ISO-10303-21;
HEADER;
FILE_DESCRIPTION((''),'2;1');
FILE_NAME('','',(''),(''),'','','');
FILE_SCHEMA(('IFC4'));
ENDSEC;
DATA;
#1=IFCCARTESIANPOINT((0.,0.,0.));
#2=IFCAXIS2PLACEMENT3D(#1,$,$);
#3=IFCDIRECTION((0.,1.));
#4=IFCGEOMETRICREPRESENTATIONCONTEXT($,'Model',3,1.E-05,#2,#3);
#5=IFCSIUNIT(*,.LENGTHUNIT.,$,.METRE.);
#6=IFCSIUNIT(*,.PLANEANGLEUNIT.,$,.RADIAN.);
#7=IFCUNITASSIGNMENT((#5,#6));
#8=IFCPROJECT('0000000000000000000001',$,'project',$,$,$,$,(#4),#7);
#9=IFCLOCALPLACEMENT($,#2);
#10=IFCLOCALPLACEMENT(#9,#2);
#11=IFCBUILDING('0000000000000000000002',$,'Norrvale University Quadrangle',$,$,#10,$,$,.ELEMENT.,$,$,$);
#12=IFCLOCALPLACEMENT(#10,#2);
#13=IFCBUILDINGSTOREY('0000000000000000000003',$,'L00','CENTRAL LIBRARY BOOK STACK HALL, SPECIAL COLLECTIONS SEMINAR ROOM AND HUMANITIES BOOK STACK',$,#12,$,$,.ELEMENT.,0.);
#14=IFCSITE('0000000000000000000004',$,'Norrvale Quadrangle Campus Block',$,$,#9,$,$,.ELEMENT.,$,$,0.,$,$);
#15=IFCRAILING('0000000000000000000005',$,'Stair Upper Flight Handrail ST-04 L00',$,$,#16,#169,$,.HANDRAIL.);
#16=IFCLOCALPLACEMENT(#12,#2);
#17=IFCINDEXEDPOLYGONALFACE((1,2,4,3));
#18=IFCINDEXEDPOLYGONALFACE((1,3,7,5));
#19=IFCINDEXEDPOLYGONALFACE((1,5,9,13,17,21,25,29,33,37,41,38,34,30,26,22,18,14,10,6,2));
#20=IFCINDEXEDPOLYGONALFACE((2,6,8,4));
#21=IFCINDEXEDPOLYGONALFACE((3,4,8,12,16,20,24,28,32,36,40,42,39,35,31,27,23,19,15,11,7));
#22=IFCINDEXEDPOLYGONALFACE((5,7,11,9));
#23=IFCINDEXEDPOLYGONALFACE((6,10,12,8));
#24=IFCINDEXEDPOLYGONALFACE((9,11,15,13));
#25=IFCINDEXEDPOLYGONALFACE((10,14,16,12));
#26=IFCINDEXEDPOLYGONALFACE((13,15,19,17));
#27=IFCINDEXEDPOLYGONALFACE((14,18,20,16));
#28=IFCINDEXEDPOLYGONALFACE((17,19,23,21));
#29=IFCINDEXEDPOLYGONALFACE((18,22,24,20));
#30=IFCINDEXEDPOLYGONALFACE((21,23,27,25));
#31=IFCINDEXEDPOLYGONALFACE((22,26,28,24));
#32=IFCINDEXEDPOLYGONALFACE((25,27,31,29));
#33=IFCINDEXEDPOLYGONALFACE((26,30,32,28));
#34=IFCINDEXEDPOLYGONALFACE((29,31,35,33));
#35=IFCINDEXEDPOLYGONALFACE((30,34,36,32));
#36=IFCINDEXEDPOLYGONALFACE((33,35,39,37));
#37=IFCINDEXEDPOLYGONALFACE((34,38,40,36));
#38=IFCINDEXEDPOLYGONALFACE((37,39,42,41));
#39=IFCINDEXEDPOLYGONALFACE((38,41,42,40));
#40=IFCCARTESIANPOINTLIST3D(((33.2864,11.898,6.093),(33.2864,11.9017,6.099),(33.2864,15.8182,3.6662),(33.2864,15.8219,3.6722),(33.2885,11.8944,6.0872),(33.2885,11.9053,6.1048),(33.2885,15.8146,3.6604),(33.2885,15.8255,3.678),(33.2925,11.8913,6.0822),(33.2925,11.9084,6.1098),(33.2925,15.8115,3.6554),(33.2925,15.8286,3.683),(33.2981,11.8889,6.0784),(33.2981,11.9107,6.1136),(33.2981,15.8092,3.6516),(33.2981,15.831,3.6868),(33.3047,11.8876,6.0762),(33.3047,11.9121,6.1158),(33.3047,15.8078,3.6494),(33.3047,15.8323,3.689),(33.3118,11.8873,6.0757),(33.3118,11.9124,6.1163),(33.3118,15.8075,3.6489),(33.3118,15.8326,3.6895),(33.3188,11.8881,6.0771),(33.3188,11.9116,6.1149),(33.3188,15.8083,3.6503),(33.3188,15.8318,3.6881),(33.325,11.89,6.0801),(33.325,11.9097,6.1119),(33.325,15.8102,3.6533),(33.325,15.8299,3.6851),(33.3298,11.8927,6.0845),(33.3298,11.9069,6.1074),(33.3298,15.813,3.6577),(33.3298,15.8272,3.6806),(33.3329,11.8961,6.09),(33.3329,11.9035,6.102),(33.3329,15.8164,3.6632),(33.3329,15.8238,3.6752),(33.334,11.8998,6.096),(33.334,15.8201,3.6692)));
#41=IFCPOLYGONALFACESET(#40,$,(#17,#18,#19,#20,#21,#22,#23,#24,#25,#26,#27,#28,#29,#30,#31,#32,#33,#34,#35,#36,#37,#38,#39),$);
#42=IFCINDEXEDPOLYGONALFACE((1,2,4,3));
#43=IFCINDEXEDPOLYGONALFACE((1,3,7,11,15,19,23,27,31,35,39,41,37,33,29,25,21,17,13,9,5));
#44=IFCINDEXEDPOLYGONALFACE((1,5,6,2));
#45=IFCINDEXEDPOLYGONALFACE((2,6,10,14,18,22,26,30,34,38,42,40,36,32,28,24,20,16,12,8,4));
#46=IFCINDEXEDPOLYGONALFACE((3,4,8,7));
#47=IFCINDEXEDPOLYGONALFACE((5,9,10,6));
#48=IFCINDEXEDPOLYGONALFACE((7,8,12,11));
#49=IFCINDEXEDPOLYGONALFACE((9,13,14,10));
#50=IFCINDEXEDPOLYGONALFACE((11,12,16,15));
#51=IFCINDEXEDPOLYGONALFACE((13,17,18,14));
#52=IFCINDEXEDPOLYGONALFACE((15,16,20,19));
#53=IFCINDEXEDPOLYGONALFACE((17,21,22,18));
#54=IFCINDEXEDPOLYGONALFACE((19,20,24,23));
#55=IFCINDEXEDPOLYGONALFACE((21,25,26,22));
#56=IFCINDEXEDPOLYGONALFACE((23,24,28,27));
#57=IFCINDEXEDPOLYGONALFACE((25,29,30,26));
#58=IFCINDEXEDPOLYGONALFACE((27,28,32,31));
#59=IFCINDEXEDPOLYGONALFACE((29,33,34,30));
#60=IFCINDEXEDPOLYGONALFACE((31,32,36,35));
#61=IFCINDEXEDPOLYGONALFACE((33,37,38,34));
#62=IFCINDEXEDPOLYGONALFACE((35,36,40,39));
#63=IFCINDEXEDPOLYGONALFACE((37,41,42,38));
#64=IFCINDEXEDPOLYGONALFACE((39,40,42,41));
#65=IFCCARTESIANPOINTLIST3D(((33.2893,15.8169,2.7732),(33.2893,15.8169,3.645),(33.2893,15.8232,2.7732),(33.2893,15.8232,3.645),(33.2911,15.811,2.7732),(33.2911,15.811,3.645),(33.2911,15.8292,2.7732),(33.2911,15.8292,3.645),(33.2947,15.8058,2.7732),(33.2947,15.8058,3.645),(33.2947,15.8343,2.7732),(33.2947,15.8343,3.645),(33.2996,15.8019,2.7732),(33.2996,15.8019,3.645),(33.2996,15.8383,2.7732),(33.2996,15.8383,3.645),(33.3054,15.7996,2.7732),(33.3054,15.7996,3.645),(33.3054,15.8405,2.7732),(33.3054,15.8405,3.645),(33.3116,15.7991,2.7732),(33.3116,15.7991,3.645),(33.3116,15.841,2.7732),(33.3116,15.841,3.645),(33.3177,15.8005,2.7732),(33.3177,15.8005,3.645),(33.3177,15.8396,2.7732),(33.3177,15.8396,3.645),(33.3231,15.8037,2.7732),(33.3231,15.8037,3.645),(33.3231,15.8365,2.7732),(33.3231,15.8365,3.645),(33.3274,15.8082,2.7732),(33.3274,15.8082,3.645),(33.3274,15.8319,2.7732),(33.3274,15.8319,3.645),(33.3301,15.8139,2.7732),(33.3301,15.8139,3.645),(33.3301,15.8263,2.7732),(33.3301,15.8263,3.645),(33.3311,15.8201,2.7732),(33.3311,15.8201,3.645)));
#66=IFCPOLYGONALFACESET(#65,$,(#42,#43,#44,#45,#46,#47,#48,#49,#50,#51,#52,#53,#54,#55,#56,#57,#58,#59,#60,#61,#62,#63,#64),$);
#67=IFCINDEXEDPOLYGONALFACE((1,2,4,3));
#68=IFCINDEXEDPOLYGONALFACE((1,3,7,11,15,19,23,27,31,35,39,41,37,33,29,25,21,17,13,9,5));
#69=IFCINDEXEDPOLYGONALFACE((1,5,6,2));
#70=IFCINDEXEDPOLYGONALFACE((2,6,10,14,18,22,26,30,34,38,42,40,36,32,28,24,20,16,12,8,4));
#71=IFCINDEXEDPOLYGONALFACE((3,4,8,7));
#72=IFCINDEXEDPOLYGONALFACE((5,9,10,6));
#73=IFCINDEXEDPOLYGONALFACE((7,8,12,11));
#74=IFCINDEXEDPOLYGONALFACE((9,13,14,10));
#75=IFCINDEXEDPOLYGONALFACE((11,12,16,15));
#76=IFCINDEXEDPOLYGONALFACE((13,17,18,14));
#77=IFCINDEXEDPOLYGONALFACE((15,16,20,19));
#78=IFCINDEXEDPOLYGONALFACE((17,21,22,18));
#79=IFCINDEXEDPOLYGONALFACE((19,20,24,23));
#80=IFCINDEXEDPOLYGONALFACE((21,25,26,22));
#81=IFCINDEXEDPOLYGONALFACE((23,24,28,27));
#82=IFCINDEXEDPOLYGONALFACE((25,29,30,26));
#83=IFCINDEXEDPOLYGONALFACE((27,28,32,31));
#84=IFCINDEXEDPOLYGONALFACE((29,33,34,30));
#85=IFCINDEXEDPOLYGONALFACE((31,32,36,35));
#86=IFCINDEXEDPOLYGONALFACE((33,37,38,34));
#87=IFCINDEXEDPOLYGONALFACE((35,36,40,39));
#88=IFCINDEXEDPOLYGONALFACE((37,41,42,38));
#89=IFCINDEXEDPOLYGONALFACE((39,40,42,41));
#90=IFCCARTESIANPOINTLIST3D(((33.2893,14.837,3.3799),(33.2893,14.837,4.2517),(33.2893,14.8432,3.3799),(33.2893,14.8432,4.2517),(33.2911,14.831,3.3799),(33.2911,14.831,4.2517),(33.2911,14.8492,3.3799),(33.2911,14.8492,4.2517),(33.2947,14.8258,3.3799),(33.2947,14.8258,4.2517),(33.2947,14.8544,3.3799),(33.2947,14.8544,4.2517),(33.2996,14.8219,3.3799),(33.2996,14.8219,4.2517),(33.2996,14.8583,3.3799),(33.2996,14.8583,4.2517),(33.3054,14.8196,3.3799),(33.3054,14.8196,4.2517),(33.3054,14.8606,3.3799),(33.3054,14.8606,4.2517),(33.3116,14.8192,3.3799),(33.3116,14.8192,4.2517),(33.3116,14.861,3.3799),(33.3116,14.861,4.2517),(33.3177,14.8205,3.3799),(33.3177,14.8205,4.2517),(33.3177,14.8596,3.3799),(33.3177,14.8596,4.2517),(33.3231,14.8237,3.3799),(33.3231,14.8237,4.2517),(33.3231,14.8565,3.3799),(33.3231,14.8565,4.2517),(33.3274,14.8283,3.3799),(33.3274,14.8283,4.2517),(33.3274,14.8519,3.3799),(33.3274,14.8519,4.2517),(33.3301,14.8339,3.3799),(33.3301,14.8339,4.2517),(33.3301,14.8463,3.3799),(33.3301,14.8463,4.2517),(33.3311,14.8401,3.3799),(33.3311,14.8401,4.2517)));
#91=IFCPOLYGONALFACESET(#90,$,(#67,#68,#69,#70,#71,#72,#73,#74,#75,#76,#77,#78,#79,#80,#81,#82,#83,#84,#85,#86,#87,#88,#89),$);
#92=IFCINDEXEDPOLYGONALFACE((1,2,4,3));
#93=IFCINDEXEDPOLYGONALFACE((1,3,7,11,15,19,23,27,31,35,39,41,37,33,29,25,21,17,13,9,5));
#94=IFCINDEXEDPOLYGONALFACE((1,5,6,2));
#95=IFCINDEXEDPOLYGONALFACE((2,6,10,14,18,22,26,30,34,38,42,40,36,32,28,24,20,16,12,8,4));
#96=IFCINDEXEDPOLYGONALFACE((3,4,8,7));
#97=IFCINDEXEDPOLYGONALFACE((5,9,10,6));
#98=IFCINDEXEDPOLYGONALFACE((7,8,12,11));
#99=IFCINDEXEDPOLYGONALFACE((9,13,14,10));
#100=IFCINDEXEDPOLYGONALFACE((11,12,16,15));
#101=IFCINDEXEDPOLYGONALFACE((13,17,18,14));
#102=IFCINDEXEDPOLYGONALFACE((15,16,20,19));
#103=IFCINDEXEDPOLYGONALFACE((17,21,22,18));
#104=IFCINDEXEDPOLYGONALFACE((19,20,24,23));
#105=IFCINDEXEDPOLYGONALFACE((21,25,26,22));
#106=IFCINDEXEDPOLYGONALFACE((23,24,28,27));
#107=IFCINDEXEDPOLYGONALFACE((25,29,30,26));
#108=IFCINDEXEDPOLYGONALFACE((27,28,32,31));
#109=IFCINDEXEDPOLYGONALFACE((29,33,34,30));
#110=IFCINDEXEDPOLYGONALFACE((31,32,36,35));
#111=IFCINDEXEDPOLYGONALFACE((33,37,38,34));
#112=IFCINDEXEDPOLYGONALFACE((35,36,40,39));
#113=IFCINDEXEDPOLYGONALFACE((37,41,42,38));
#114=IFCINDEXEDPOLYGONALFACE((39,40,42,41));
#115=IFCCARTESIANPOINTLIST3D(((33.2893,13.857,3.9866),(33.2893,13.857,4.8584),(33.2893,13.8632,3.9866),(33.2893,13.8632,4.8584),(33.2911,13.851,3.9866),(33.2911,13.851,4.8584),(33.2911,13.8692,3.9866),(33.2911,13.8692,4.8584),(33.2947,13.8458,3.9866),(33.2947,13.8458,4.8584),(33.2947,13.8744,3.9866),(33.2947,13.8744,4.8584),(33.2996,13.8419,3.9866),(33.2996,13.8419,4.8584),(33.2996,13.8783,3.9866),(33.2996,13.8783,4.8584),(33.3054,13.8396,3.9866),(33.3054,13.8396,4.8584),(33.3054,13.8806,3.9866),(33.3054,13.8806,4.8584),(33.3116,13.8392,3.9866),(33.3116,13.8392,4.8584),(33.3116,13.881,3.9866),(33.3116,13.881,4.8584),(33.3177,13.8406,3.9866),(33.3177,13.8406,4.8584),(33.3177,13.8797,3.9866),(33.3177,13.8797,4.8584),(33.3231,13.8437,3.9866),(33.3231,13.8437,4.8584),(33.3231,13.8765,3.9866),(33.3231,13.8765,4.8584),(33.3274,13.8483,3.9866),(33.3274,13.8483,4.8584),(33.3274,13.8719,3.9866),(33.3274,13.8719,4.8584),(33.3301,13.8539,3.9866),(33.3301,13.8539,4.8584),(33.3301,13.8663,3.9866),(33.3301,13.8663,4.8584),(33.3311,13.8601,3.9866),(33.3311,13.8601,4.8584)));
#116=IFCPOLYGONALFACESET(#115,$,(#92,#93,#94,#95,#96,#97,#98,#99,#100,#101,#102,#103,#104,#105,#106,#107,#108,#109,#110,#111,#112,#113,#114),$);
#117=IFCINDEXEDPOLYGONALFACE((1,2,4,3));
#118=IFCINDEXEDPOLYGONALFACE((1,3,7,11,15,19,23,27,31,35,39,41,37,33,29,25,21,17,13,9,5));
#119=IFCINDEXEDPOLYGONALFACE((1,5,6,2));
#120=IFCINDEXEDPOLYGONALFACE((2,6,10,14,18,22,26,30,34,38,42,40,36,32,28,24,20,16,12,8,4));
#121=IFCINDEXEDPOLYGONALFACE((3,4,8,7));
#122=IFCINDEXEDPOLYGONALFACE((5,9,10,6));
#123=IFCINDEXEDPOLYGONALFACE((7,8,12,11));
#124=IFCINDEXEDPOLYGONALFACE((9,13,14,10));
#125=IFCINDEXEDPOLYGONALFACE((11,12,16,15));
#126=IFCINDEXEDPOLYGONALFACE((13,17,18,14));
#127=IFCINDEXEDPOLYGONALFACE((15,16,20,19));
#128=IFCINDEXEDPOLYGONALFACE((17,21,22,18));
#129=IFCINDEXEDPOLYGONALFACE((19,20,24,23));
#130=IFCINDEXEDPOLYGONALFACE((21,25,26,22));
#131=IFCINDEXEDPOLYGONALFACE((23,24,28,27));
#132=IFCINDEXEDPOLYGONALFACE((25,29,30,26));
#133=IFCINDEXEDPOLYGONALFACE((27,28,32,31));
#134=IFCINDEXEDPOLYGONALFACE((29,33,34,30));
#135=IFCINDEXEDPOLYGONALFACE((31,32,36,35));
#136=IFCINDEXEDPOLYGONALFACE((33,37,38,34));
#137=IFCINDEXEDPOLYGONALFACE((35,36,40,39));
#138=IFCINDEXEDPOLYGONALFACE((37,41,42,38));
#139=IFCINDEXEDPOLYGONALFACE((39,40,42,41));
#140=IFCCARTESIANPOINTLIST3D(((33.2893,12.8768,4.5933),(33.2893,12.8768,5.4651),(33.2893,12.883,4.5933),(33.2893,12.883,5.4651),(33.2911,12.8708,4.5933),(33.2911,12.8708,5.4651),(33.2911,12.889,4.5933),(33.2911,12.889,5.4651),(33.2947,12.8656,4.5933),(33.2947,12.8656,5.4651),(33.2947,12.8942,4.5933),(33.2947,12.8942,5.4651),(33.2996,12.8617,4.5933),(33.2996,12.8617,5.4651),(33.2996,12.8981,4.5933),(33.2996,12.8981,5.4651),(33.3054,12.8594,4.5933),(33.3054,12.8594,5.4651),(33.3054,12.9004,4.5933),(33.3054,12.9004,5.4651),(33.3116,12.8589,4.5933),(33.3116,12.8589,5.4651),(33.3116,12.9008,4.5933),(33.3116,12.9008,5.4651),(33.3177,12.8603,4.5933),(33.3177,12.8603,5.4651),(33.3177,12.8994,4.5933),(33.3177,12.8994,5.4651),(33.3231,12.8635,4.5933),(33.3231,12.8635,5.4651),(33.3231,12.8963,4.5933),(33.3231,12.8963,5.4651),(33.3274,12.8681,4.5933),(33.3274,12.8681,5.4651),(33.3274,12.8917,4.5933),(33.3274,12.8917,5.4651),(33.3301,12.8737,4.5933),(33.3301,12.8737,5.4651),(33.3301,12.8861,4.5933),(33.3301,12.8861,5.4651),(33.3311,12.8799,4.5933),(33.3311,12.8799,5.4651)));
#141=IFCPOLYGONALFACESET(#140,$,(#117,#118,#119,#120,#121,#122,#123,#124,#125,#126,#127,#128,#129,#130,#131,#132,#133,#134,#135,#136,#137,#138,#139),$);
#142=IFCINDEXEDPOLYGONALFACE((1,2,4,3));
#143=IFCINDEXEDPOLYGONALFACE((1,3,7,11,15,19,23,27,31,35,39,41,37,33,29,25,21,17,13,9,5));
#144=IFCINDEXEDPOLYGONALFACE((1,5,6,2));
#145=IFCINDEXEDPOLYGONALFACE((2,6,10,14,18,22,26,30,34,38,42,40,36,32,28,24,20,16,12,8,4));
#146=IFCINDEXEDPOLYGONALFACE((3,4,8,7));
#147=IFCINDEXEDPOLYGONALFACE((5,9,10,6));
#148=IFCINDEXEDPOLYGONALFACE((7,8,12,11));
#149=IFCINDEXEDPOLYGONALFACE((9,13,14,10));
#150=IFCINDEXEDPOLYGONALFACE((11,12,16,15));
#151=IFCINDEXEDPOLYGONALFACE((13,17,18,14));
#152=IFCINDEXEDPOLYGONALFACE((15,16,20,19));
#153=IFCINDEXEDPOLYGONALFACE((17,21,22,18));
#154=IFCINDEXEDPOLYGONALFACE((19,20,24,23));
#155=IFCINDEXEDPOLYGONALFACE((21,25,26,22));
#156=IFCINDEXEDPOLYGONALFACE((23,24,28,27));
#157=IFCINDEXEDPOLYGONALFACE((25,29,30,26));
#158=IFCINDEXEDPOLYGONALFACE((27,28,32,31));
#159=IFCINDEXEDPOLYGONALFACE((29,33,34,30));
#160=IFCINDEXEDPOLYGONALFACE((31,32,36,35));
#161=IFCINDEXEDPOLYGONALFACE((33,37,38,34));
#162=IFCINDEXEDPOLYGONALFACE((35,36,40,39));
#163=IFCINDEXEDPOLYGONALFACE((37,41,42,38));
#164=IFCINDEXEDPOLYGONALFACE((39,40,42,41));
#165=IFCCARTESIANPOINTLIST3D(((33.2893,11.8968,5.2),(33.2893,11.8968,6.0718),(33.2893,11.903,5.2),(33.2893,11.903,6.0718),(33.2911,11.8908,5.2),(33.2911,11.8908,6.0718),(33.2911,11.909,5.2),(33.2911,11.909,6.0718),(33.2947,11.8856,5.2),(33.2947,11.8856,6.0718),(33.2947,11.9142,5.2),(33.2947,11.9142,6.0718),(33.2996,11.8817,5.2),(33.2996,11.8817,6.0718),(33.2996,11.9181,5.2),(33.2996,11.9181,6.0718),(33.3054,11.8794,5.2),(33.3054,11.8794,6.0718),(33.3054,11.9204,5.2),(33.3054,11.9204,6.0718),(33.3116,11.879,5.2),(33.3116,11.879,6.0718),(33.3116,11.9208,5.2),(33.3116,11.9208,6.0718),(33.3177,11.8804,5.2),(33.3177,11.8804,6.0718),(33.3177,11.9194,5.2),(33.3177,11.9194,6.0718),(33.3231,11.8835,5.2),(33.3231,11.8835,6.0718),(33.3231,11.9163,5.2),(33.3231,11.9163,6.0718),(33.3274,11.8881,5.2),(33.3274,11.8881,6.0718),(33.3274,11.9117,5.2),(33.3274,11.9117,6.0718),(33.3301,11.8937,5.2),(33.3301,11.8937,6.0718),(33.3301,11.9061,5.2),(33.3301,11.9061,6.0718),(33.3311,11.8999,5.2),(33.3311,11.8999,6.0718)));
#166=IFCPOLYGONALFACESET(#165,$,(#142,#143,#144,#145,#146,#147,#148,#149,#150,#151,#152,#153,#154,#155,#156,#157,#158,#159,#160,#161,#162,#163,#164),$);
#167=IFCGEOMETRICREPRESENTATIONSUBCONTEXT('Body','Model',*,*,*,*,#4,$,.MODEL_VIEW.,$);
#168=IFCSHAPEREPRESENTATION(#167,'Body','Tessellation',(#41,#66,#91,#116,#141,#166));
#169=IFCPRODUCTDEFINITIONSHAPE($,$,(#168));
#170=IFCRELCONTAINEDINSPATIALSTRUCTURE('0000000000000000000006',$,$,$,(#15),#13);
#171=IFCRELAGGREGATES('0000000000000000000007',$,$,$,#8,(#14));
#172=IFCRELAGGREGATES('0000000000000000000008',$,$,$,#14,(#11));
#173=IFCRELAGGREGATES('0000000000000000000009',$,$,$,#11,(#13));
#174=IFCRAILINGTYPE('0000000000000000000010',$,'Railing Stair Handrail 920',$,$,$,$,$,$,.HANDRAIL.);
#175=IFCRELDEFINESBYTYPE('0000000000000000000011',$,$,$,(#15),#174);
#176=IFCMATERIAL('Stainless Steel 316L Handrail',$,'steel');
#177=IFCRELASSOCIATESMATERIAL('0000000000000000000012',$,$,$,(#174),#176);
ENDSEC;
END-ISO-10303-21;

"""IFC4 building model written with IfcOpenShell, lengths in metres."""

from ifc_helpers import new_model, si_unit, direction, frame, origin, origin_2d, place, context, subcontext, project, spatial, circle, extrude, material, type_object, element, save


model = new_model("IFC4")

# Units and contexts
model_context = context("Model", 3, precision=1e-05, world=origin(), true_north=direction((0.0, 1.0)))
body_context = subcontext(model_context, "Body", "Model", "MODEL_VIEW")
ifc_project = project(units=[si_unit("LENGTHUNIT", "METRE"), si_unit("PLANEANGLEUNIT", "RADIAN")], contexts=[model_context])

# Site, building, storey
site_placement = place(None, origin())
site = spatial("IfcSite", under=ifc_project, at=site_placement, Name="Norrvale Quadrangle Campus Block", CompositionType="ELEMENT", RefElevation=0.0)
building_placement = place(site_placement, origin())
building = spatial("IfcBuilding", under=site, at=building_placement, Name="Norrvale University Quadrangle", CompositionType="ELEMENT")
storey_placement = place(building_placement, origin())
storey = spatial("IfcBuildingStorey", under=building, at=storey_placement, Name="L00", Description="CENTRAL LIBRARY BOOK STACK HALL, SPECIAL COLLECTIONS SEMINAR ROOM AND HUMANITIES BOOK STACK", CompositionType="ELEMENT", Elevation=0.0)

# Railing
ifc_material_1 = material(Name="Stainless Steel 316L Handrail", Category="steel")
railing_type_1 = type_object("IfcRailingType", Name="Railing Stair Handrail 920", PredefinedType="HANDRAIL", material=ifc_material_1)
railing_1_placement = place(storey_placement, frame((33.3101, 15.8201, 2.7732)))
element("IfcRailing", 1, at=railing_1_placement, inside=storey, type_object=railing_type_1, Name="Stair Upper Flight Handrail ST-04 L00", PredefinedType="HANDRAIL", context=body_context, shape_type="SweptSolid", body=[
    extrude(circle(Radius=0.0239, at=origin_2d()), frame((0.0, 0.0, 0.896), z_axis=(0.0, -0.850266, 0.526353), x_axis=(1.0, 0.0, 0.0)), (0.0, 0.0, 1.0), 4.6106),
    extrude(circle(Radius=0.021, at=origin_2d()), origin(), (0.0, 0.0, 1.0), 0.8718),
    extrude(circle(Radius=0.021, at=origin_2d()), frame((0.0, -0.98, 0.6067)), (0.0, 0.0, 1.0), 0.8718),
    extrude(circle(Radius=0.021, at=origin_2d()), frame((0.0, -1.96, 1.2134)), (0.0, 0.0, 1.0), 0.8718),
    extrude(circle(Radius=0.021, at=origin_2d()), frame((0.0, -2.9402, 1.8201)), (0.0, 0.0, 1.0), 0.8718),
    extrude(circle(Radius=0.021, at=origin_2d()), frame((0.0, -3.9202, 2.4268)), (0.0, 0.0, 1.0), 0.8718),
])

save(model, "model.ifc")
